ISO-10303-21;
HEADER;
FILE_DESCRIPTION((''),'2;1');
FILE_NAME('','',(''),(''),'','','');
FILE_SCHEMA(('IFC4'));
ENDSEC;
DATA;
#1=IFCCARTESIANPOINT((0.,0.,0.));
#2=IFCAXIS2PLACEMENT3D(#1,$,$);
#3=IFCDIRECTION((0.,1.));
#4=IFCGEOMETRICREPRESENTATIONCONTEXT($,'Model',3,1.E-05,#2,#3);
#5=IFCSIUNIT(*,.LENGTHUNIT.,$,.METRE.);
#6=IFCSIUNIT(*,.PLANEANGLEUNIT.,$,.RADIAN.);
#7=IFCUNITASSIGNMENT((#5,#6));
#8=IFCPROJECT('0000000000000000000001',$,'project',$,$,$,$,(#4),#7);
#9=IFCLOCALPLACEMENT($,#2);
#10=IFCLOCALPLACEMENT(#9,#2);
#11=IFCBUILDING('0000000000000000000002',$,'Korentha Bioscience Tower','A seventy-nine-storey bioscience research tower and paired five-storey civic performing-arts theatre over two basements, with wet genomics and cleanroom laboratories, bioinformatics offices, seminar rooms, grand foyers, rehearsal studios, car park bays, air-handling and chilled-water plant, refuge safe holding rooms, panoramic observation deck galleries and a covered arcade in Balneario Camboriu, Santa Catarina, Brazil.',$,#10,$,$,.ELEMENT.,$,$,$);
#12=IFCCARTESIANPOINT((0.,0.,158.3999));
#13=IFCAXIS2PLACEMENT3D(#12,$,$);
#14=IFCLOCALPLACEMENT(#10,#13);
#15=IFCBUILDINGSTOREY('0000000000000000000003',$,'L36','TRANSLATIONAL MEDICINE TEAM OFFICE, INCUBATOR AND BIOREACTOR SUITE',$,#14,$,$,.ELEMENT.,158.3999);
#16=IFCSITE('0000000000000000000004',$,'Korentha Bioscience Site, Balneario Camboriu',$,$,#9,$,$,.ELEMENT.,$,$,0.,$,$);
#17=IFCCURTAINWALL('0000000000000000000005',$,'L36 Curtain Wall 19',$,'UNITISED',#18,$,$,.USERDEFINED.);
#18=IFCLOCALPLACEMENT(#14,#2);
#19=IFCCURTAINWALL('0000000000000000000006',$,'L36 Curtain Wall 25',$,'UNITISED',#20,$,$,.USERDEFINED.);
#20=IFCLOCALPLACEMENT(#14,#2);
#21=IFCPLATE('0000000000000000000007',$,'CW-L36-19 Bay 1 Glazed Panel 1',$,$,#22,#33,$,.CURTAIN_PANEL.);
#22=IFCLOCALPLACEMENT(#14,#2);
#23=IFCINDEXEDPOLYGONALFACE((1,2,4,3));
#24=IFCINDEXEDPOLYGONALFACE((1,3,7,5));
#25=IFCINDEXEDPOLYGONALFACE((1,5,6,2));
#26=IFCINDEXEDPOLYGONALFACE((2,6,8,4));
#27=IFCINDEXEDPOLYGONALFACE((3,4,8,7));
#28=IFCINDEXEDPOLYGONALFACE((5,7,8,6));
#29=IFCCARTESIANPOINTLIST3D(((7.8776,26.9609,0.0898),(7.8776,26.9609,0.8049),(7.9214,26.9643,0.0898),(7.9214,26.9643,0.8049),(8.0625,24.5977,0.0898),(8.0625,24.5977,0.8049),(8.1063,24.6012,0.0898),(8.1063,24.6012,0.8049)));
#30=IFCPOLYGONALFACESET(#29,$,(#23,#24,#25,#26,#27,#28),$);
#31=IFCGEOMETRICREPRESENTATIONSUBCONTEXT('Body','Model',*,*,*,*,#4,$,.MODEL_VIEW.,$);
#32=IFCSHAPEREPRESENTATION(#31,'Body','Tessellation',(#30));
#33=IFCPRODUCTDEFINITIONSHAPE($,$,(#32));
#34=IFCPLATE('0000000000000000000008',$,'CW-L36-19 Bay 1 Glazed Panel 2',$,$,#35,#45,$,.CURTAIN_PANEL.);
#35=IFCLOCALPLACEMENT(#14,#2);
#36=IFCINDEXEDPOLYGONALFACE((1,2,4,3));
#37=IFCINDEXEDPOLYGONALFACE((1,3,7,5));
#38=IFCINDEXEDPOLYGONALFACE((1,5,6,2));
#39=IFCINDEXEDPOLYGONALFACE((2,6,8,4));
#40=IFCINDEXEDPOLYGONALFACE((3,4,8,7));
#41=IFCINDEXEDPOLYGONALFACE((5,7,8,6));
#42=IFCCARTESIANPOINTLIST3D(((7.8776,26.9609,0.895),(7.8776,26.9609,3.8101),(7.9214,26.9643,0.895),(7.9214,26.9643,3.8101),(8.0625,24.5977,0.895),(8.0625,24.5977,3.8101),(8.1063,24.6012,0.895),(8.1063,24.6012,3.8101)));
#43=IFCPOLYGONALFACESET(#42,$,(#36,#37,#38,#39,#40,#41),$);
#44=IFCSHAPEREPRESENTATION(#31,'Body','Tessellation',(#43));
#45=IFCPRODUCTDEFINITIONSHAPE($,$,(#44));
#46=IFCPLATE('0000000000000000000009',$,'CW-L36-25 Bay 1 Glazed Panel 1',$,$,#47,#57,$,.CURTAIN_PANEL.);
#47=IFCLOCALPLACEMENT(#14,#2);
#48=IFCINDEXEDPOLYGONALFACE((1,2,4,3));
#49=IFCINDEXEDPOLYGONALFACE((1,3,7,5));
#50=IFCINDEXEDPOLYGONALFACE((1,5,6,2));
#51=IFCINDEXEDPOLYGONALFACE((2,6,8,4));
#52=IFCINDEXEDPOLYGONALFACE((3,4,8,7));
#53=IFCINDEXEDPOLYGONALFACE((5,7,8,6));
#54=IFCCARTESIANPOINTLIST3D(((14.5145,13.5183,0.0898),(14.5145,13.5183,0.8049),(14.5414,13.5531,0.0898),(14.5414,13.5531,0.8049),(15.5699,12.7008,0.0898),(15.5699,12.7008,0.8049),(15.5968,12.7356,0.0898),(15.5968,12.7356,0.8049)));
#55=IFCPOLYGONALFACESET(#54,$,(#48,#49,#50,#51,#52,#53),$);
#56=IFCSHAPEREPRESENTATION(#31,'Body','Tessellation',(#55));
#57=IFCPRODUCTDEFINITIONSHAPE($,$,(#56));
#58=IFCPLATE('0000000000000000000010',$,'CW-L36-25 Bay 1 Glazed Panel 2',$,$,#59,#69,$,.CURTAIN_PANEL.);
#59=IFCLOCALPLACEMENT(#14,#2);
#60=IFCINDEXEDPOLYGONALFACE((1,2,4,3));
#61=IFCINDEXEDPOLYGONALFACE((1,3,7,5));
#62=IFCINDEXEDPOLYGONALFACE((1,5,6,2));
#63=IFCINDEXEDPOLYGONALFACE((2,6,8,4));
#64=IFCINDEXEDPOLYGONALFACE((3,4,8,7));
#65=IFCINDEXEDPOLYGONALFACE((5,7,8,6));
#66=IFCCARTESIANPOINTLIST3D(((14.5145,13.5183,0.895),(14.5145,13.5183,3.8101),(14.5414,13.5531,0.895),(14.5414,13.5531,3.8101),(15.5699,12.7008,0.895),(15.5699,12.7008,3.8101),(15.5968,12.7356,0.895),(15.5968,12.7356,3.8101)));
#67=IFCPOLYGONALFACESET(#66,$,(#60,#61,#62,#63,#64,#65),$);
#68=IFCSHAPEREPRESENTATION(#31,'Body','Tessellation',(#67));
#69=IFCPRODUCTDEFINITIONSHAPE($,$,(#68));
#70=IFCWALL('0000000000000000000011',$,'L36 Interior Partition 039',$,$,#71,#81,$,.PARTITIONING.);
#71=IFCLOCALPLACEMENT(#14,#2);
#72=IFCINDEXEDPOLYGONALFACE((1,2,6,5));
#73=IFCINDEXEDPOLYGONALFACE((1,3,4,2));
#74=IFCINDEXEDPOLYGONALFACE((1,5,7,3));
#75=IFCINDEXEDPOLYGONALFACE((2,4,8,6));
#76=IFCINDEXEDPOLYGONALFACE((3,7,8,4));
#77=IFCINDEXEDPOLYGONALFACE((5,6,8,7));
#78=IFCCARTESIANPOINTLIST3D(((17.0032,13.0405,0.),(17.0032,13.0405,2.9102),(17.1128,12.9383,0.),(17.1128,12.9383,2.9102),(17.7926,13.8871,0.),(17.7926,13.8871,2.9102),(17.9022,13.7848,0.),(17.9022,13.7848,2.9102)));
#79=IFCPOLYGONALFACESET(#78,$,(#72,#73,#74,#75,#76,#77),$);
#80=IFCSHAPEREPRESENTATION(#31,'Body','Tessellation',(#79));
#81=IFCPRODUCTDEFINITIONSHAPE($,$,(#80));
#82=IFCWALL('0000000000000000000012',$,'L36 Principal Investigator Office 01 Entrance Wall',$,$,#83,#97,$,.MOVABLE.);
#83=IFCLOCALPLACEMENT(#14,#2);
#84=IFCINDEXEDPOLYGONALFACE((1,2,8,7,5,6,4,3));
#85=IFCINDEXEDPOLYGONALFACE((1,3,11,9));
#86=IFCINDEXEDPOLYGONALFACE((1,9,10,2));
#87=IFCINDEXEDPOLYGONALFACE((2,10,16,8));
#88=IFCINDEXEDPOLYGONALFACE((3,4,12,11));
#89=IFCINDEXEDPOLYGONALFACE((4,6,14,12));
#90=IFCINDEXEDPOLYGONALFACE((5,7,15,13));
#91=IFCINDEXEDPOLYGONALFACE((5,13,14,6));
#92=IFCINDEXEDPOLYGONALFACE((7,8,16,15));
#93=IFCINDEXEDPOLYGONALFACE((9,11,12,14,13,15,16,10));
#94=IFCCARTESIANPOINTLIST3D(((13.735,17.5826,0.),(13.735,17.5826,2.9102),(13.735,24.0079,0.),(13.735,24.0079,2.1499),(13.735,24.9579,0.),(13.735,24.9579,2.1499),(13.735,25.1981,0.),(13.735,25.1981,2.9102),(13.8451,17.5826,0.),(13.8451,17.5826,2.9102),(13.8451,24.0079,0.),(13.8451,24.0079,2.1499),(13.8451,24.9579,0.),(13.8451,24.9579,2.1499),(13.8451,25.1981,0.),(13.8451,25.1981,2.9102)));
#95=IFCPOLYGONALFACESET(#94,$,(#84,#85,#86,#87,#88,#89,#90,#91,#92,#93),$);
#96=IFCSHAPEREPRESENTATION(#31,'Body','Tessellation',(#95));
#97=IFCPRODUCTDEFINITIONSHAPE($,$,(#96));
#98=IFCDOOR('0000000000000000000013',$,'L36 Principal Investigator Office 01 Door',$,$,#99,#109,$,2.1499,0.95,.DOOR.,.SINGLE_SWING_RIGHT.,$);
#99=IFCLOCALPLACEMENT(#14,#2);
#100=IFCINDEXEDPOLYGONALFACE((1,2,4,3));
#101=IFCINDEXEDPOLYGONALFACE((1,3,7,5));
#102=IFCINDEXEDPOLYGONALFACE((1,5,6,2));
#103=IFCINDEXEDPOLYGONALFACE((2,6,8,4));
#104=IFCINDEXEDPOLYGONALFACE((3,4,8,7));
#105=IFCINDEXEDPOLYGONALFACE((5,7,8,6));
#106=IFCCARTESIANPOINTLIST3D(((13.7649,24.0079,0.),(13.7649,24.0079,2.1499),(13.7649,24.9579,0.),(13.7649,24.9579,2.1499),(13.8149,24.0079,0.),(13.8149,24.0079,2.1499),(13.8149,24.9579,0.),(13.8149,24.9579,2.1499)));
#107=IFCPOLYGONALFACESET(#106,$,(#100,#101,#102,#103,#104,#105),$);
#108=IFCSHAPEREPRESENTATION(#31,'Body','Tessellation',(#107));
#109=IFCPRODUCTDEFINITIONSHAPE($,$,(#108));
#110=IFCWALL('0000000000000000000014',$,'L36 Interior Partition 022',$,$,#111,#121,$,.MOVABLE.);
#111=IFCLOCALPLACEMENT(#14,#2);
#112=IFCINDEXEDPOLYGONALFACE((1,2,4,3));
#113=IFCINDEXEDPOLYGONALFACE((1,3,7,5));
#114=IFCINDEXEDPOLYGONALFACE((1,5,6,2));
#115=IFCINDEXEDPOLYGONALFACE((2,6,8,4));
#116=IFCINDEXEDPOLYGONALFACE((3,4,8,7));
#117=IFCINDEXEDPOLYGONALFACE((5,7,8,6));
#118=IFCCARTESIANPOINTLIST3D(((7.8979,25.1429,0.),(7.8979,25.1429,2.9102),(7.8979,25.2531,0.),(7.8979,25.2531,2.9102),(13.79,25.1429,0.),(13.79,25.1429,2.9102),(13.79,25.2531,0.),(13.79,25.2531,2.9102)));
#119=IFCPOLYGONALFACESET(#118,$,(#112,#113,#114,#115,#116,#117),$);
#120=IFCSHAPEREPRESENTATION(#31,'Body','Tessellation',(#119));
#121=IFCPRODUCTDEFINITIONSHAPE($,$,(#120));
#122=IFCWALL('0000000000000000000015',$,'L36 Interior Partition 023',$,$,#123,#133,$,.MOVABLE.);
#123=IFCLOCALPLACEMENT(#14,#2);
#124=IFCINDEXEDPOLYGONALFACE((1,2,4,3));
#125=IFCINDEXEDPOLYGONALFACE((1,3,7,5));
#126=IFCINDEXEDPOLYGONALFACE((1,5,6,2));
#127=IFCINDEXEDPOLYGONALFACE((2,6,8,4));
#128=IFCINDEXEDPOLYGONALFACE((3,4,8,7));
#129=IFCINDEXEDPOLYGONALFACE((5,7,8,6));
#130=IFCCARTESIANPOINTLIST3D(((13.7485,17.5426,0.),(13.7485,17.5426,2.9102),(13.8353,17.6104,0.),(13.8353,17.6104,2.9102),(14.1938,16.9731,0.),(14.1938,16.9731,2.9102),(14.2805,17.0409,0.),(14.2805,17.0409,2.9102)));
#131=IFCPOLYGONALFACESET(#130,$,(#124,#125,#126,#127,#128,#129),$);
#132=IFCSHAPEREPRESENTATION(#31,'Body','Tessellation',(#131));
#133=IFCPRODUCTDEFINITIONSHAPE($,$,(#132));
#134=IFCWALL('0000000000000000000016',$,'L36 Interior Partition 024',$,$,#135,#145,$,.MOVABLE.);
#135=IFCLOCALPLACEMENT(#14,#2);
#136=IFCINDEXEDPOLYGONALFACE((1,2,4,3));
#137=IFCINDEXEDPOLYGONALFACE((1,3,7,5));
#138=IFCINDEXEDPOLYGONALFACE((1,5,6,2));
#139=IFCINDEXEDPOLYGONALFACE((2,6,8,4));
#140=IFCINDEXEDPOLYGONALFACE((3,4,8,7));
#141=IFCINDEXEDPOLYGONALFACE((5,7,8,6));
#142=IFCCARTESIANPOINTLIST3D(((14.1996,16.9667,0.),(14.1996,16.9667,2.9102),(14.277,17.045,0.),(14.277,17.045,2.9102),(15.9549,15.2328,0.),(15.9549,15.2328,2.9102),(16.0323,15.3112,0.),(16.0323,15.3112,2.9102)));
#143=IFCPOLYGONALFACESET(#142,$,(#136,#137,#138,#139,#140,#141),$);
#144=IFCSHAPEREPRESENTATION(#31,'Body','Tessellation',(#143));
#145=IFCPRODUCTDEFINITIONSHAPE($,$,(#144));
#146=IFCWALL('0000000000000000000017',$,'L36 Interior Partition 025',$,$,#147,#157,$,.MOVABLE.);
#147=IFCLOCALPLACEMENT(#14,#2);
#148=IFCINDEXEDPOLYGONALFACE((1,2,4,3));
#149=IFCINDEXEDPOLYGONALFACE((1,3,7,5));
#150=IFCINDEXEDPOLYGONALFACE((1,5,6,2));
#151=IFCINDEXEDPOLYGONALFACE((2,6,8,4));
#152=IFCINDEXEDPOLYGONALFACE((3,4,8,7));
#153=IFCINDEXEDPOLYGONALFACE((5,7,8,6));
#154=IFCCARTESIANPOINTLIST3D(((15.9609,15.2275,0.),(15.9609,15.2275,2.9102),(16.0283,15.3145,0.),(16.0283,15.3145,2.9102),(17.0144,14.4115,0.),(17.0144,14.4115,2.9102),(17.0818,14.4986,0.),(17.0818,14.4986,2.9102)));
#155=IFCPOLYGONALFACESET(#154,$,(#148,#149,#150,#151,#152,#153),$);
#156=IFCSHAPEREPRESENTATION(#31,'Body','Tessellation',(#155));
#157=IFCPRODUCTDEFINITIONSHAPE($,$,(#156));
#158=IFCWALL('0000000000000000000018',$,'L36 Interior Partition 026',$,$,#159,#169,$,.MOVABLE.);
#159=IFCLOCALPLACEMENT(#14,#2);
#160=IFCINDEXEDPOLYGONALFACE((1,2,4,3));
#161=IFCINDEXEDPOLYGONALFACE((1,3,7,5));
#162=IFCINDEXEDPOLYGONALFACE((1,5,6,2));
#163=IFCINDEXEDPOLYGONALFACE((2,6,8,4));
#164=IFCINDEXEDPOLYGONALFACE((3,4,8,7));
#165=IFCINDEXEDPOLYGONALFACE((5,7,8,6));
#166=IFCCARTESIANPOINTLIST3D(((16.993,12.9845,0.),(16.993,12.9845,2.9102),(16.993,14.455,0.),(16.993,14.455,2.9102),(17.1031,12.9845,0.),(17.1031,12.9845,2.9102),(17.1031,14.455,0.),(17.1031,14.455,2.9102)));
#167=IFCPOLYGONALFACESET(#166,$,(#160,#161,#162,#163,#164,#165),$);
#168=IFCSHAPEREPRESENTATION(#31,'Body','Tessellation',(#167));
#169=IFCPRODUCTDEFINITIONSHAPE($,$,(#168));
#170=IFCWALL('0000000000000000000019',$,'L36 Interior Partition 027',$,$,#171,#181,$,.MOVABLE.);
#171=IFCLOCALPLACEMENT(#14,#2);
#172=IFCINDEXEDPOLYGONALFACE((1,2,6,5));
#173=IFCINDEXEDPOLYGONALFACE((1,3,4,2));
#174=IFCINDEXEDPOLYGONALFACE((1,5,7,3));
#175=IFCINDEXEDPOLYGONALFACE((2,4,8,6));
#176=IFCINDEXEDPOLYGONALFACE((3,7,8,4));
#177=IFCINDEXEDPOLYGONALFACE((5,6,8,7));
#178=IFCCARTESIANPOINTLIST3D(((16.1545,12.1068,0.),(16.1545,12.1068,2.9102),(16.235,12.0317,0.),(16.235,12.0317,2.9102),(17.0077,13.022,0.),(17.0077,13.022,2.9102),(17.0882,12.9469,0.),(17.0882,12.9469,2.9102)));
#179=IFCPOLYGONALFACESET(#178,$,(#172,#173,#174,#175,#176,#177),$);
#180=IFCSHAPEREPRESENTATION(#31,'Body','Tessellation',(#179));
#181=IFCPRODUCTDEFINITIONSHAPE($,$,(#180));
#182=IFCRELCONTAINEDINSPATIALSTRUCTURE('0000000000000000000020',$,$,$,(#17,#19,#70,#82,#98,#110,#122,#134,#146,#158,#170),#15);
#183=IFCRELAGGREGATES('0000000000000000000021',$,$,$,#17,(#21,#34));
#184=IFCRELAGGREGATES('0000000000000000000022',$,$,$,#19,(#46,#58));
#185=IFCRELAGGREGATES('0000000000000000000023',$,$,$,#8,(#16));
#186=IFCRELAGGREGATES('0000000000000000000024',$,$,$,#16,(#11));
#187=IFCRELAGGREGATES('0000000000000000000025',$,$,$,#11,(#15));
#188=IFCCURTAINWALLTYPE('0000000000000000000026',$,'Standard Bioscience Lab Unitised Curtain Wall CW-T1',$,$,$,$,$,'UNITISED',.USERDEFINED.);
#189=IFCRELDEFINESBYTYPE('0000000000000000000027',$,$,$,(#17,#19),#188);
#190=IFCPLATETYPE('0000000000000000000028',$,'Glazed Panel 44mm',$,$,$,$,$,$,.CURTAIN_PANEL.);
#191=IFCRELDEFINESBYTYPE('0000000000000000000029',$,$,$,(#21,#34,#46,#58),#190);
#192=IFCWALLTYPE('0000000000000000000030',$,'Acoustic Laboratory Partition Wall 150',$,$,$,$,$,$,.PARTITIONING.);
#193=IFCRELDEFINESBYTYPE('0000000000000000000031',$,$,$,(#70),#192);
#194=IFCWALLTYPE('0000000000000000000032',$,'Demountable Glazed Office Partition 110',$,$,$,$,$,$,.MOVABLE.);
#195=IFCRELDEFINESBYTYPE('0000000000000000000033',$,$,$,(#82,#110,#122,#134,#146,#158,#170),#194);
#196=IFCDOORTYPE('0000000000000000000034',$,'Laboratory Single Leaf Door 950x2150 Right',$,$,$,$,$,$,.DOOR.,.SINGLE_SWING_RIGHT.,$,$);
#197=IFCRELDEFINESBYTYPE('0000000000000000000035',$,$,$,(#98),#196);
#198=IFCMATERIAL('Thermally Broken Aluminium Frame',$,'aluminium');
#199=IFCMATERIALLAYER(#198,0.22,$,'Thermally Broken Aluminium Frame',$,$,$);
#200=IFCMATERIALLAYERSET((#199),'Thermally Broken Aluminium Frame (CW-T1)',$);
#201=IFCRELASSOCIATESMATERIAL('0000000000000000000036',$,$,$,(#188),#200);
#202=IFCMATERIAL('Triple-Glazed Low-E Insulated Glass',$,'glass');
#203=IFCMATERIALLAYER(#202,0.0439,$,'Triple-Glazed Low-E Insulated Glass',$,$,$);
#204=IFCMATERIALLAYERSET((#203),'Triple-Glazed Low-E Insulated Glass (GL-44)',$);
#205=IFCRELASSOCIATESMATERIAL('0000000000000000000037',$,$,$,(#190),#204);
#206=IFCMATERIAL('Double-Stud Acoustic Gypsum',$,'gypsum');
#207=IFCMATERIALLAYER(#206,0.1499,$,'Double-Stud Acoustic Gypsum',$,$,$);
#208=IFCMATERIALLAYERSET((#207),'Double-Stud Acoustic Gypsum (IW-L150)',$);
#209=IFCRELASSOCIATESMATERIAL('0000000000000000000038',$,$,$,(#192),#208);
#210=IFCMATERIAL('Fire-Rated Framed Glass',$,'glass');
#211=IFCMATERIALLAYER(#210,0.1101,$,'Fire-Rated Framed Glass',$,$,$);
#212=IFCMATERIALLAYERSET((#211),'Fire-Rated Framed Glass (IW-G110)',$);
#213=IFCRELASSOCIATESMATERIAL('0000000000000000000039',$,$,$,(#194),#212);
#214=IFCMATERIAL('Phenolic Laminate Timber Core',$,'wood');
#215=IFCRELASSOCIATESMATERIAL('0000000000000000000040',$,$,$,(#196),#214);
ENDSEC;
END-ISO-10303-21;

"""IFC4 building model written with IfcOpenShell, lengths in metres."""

from ifc_helpers import new_model, si_unit, direction, frame, frame_2d, origin, origin_2d, place, context, subcontext, project, spatial, rectangle, extrude, material, layer, layer_set, type_object, element, fill, aggregate, save


model = new_model("IFC4")

# Units and contexts
model_context = context("Model", 3, precision=1e-05, world=origin(), true_north=direction((0.0, 1.0)))
body_context = subcontext(model_context, "Body", "Model", "MODEL_VIEW")
ifc_project = project(units=[si_unit("LENGTHUNIT", "METRE"), si_unit("PLANEANGLEUNIT", "RADIAN")], contexts=[model_context])

# Site, building, storey
site_placement = place(None, origin())
site = spatial("IfcSite", under=ifc_project, at=site_placement, Name="Korentha Bioscience Site, Balneario Camboriu", CompositionType="ELEMENT", RefElevation=0.0)
building_placement = place(site_placement, origin())
building = spatial("IfcBuilding", under=site, at=building_placement, Name="Korentha Bioscience Tower", Description="A seventy-nine-storey bioscience research tower and paired five-storey civic performing-arts theatre over two basements, with wet genomics and cleanroom laboratories, bioinformatics offices, seminar rooms, grand foyers, rehearsal studios, car park bays, air-handling and chilled-water plant, refuge safe holding rooms, panoramic observation deck galleries and a covered arcade in Balneario Camboriu, Santa Catarina, Brazil.", CompositionType="ELEMENT")
storey_placement = place(building_placement, frame((0.0, 0.0, 158.3999)))
storey = spatial("IfcBuildingStorey", under=building, at=storey_placement, Name="L36", Description="TRANSLATIONAL MEDICINE TEAM OFFICE, INCUBATOR AND BIOREACTOR SUITE", CompositionType="ELEMENT", Elevation=158.3999)

# Curtain walls
ifc_material_1 = material(Name="Thermally Broken Aluminium Frame", Category="aluminium")
ifc_layer_1 = layer(ifc_material_1, 0.22, Name="Thermally Broken Aluminium Frame")
ifc_layer_set_1 = layer_set([ifc_layer_1], Name="Thermally Broken Aluminium Frame (CW-T1)")
curtain_wall_type = type_object("IfcCurtainWallType", Name="Standard Bioscience Lab Unitised Curtain Wall CW-T1", ElementType="UNITISED", PredefinedType="USERDEFINED", material=ifc_layer_set_1)
curtain_wall_1_placement = place(storey_placement, origin())
curtain_wall_1 = element("IfcCurtainWall", 1, at=curtain_wall_1_placement, inside=storey, type_object=curtain_wall_type, Name="L36 Curtain Wall 19", ObjectType="UNITISED", PredefinedType="USERDEFINED")
curtain_wall_2_placement = place(storey_placement, origin())
curtain_wall_2 = element("IfcCurtainWall", 2, at=curtain_wall_2_placement, inside=storey, type_object=curtain_wall_type, Name="L36 Curtain Wall 25", ObjectType="UNITISED", PredefinedType="USERDEFINED")

# Plates
ifc_material_2 = material(Name="Triple-Glazed Low-E Insulated Glass", Category="glass")
ifc_layer_2 = layer(ifc_material_2, 0.0439, Name="Triple-Glazed Low-E Insulated Glass")
ifc_layer_set_2 = layer_set([ifc_layer_2], Name="Triple-Glazed Low-E Insulated Glass (GL-44)")
plate_type = type_object("IfcPlateType", Name="Glazed Panel 44mm", PredefinedType="CURTAIN_PANEL", material=ifc_layer_set_2)
plate_1_placement = place(storey_placement, frame((7.9919, 25.781, 0.0898), z_axis=(0.0, 0.0, 1.0), x_axis=(0.078031, -0.996951, 0.0)))
plate_1 = element("IfcPlate", 3, at=plate_1_placement, type_object=plate_type, Name="CW-L36-19 Bay 1 Glazed Panel 1", PredefinedType="CURTAIN_PANEL", context=body_context, shape_type="SweptSolid", body=[
    extrude(rectangle(XDim=2.3704, YDim=0.0439, at=origin_2d()), origin(), (0.0, 0.0, 1.0), 0.7151),
])
plate_2_placement = place(storey_placement, frame((7.9919, 25.781, 0.895), z_axis=(0.0, 0.0, 1.0), x_axis=(0.078031, -0.996951, 0.0)))
plate_2 = element("IfcPlate", 4, at=plate_2_placement, type_object=plate_type, Name="CW-L36-19 Bay 1 Glazed Panel 2", PredefinedType="CURTAIN_PANEL", context=body_context, shape_type="SweptSolid", body=[
    extrude(rectangle(XDim=2.3704, YDim=0.0439, at=origin_2d()), origin(), (0.0, 0.0, 1.0), 2.915),
])
aggregate(curtain_wall_1, [plate_1, plate_2])
plate_3_placement = place(storey_placement, frame((15.0557, 13.127, 0.0898), z_axis=(0.0, 0.0, 1.0), x_axis=(0.790547, -0.612402, 0.0)))
plate_3 = element("IfcPlate", 5, at=plate_3_placement, type_object=plate_type, Name="CW-L36-25 Bay 1 Glazed Panel 1", PredefinedType="CURTAIN_PANEL", context=body_context, shape_type="SweptSolid", body=[
    extrude(rectangle(XDim=1.335, YDim=0.0439, at=origin_2d()), origin(), (0.0, 0.0, 1.0), 0.7151),
])
plate_4_placement = place(storey_placement, frame((15.0557, 13.127, 0.895), z_axis=(0.0, 0.0, 1.0), x_axis=(0.790547, -0.612402, 0.0)))
plate_4 = element("IfcPlate", 6, at=plate_4_placement, type_object=plate_type, Name="CW-L36-25 Bay 1 Glazed Panel 2", PredefinedType="CURTAIN_PANEL", context=body_context, shape_type="SweptSolid", body=[
    extrude(rectangle(XDim=1.335, YDim=0.0439, at=origin_2d()), origin(), (0.0, 0.0, 1.0), 2.915),
])
aggregate(curtain_wall_2, [plate_3, plate_4])

# Wall
ifc_material_3 = material(Name="Double-Stud Acoustic Gypsum", Category="gypsum")
ifc_layer_3 = layer(ifc_material_3, 0.1499, Name="Double-Stud Acoustic Gypsum")
ifc_layer_set_3 = layer_set([ifc_layer_3], Name="Double-Stud Acoustic Gypsum (IW-L150)")
wall_type_1 = type_object("IfcWallType", Name="Acoustic Laboratory Partition Wall 150", PredefinedType="PARTITIONING", material=ifc_layer_set_3)
wall_1_placement = place(storey_placement, frame((17.0581, 12.9895, 0.0), z_axis=(0.0, 0.0, 1.0), x_axis=(0.681995, 0.731357, 0.0)))
element("IfcWall", 7, at=wall_1_placement, inside=storey, type_object=wall_type_1, Name="L36 Interior Partition 039", PredefinedType="PARTITIONING", context=body_context, shape_type="SweptSolid", body=[
    extrude(rectangle(XDim=1.1575, YDim=0.1499, at=frame_2d((0.5786, 0.0))), origin(), (0.0, 0.0, 1.0), 2.9102),
])

# Wall, opening, door
ifc_material_4 = material(Name="Fire-Rated Framed Glass", Category="glass")
ifc_layer_4 = layer(ifc_material_4, 0.1101, Name="Fire-Rated Framed Glass")
ifc_layer_set_4 = layer_set([ifc_layer_4], Name="Fire-Rated Framed Glass (IW-G110)")
wall_type_2 = type_object("IfcWallType", Name="Demountable Glazed Office Partition 110", PredefinedType="MOVABLE", material=ifc_layer_set_4)
wall_2_placement = place(storey_placement, frame((13.79, 25.198, 0.0), z_axis=(0.0, 0.0, 1.0), x_axis=(0.0, -1.0, 0.0)))
wall_2 = element("IfcWall", 8, at=wall_2_placement, inside=storey, type_object=wall_type_2, Name="L36 Principal Investigator Office 01 Entrance Wall", PredefinedType="MOVABLE", context=body_context, shape_type="SweptSolid", body=[
    extrude(rectangle(XDim=7.6155, YDim=0.1101, at=frame_2d((3.8076, 0.0))), origin(), (0.0, 0.0, 1.0), 2.9102),
])
opening_1_placement = place(wall_2_placement, frame((0.24, 0.0, 0.0)))
opening_1 = element("IfcOpeningElement", 9, at=opening_1_placement, cuts=wall_2, PredefinedType="OPENING", context=body_context, shape_type="SweptSolid", body=[
    extrude(rectangle(XDim=0.95, YDim=2.1499, at=frame_2d((0.4751, 1.075))), frame((0.0, 0.0698, 0.0), z_axis=(0.0, -1.0, 0.0), x_axis=(1.0, 0.0, 0.0)), (0.0, 0.0, 1.0), 0.1399),
])
ifc_material_5 = material(Name="Phenolic Laminate Timber Core", Category="wood")
door_type_1 = type_object("IfcDoorType", Name="Laboratory Single Leaf Door 950x2150 Right", OperationType="SINGLE_SWING_RIGHT", PredefinedType="DOOR", material=ifc_material_5)
door_1_placement = place(opening_1_placement, origin())
door_1 = element("IfcDoor", 10, at=door_1_placement, inside=storey, type_object=door_type_1, Name="L36 Principal Investigator Office 01 Door", OperationType="SINGLE_SWING_RIGHT", OverallHeight=2.1499, OverallWidth=0.95, PredefinedType="DOOR", context=body_context, shape_type="SweptSolid", body=[
    extrude(rectangle(XDim=0.95, YDim=2.1499, at=frame_2d((0.4751, 1.075))), frame((0.0, 0.0249, 0.0), z_axis=(0.0, -1.0, 0.0), x_axis=(1.0, 0.0, 0.0)), (0.0, 0.0, 1.0), 0.05),
])
fill(opening_1, door_1)

# Walls
wall_3_placement = place(storey_placement, frame((7.8979, 25.198, 0.0), z_axis=(0.0, 0.0, 1.0), x_axis=(1.0, 0.0, 0.0)))
element("IfcWall", 11, at=wall_3_placement, inside=storey, type_object=wall_type_2, Name="L36 Interior Partition 022", PredefinedType="MOVABLE", context=body_context, shape_type="SweptSolid", body=[
    extrude(rectangle(XDim=5.8921, YDim=0.1101, at=frame_2d((2.946, 0.0))), origin(), (0.0, 0.0, 1.0), 2.9102),
])
wall_4_placement = place(storey_placement, frame((13.792, 17.5764, 0.0), z_axis=(0.0, 0.0, 1.0), x_axis=(0.615926, -0.787804, 0.0)))
element("IfcWall", 12, at=wall_4_placement, inside=storey, type_object=wall_type_2, Name="L36 Interior Partition 023", PredefinedType="MOVABLE", context=body_context, shape_type="SweptSolid", body=[
    extrude(rectangle(XDim=0.7229, YDim=0.1101, at=frame_2d((0.3613, 0.0))), origin(), (0.0, 0.0, 1.0), 2.9102),
])
wall_5_placement = place(storey_placement, frame((14.2383, 17.0059, 0.0), z_axis=(0.0, 0.0, 1.0), x_axis=(0.711447, -0.70274, 0.0)))
element("IfcWall", 13, at=wall_5_placement, inside=storey, type_object=wall_type_2, Name="L36 Interior Partition 024", PredefinedType="MOVABLE", context=body_context, shape_type="SweptSolid", body=[
    extrude(rectangle(XDim=2.4673, YDim=0.1101, at=frame_2d((1.2336, 0.0))), origin(), (0.0, 0.0, 1.0), 2.9102),
])
wall_6_placement = place(storey_placement, frame((15.9946, 15.271, 0.0), z_axis=(0.0, 0.0, 1.0), x_axis=(0.790604, -0.612328, 0.0)))
element("IfcWall", 14, at=wall_6_placement, inside=storey, type_object=wall_type_2, Name="L36 Interior Partition 025", PredefinedType="MOVABLE", context=body_context, shape_type="SweptSolid", body=[
    extrude(rectangle(XDim=1.3325, YDim=0.1101, at=frame_2d((0.6663, 0.0))), origin(), (0.0, 0.0, 1.0), 2.9102),
])
wall_7_placement = place(storey_placement, frame((17.0481, 14.4551, 0.0), z_axis=(0.0, 0.0, 1.0), x_axis=(0.0, -1.0, 0.0)))
element("IfcWall", 15, at=wall_7_placement, inside=storey, type_object=wall_type_2, Name="L36 Interior Partition 026", PredefinedType="MOVABLE", context=body_context, shape_type="SweptSolid", body=[
    extrude(rectangle(XDim=1.4705, YDim=0.1101, at=frame_2d((0.7354, 0.0))), origin(), (0.0, 0.0, 1.0), 2.9102),
])
wall_8_placement = place(storey_placement, frame((17.0479, 12.9844, 0.0), z_axis=(0.0, 0.0, 1.0), x_axis=(-0.681894, -0.731451, 0.0)))
element("IfcWall", 16, at=wall_8_placement, inside=storey, type_object=wall_type_2, Name="L36 Interior Partition 027", PredefinedType="MOVABLE", context=body_context, shape_type="SweptSolid", body=[
    extrude(rectangle(XDim=1.2512, YDim=0.1101, at=frame_2d((0.6255, 0.0))), origin(), (0.0, 0.0, 1.0), 2.9102),
])

save(model, "model.ifc")
